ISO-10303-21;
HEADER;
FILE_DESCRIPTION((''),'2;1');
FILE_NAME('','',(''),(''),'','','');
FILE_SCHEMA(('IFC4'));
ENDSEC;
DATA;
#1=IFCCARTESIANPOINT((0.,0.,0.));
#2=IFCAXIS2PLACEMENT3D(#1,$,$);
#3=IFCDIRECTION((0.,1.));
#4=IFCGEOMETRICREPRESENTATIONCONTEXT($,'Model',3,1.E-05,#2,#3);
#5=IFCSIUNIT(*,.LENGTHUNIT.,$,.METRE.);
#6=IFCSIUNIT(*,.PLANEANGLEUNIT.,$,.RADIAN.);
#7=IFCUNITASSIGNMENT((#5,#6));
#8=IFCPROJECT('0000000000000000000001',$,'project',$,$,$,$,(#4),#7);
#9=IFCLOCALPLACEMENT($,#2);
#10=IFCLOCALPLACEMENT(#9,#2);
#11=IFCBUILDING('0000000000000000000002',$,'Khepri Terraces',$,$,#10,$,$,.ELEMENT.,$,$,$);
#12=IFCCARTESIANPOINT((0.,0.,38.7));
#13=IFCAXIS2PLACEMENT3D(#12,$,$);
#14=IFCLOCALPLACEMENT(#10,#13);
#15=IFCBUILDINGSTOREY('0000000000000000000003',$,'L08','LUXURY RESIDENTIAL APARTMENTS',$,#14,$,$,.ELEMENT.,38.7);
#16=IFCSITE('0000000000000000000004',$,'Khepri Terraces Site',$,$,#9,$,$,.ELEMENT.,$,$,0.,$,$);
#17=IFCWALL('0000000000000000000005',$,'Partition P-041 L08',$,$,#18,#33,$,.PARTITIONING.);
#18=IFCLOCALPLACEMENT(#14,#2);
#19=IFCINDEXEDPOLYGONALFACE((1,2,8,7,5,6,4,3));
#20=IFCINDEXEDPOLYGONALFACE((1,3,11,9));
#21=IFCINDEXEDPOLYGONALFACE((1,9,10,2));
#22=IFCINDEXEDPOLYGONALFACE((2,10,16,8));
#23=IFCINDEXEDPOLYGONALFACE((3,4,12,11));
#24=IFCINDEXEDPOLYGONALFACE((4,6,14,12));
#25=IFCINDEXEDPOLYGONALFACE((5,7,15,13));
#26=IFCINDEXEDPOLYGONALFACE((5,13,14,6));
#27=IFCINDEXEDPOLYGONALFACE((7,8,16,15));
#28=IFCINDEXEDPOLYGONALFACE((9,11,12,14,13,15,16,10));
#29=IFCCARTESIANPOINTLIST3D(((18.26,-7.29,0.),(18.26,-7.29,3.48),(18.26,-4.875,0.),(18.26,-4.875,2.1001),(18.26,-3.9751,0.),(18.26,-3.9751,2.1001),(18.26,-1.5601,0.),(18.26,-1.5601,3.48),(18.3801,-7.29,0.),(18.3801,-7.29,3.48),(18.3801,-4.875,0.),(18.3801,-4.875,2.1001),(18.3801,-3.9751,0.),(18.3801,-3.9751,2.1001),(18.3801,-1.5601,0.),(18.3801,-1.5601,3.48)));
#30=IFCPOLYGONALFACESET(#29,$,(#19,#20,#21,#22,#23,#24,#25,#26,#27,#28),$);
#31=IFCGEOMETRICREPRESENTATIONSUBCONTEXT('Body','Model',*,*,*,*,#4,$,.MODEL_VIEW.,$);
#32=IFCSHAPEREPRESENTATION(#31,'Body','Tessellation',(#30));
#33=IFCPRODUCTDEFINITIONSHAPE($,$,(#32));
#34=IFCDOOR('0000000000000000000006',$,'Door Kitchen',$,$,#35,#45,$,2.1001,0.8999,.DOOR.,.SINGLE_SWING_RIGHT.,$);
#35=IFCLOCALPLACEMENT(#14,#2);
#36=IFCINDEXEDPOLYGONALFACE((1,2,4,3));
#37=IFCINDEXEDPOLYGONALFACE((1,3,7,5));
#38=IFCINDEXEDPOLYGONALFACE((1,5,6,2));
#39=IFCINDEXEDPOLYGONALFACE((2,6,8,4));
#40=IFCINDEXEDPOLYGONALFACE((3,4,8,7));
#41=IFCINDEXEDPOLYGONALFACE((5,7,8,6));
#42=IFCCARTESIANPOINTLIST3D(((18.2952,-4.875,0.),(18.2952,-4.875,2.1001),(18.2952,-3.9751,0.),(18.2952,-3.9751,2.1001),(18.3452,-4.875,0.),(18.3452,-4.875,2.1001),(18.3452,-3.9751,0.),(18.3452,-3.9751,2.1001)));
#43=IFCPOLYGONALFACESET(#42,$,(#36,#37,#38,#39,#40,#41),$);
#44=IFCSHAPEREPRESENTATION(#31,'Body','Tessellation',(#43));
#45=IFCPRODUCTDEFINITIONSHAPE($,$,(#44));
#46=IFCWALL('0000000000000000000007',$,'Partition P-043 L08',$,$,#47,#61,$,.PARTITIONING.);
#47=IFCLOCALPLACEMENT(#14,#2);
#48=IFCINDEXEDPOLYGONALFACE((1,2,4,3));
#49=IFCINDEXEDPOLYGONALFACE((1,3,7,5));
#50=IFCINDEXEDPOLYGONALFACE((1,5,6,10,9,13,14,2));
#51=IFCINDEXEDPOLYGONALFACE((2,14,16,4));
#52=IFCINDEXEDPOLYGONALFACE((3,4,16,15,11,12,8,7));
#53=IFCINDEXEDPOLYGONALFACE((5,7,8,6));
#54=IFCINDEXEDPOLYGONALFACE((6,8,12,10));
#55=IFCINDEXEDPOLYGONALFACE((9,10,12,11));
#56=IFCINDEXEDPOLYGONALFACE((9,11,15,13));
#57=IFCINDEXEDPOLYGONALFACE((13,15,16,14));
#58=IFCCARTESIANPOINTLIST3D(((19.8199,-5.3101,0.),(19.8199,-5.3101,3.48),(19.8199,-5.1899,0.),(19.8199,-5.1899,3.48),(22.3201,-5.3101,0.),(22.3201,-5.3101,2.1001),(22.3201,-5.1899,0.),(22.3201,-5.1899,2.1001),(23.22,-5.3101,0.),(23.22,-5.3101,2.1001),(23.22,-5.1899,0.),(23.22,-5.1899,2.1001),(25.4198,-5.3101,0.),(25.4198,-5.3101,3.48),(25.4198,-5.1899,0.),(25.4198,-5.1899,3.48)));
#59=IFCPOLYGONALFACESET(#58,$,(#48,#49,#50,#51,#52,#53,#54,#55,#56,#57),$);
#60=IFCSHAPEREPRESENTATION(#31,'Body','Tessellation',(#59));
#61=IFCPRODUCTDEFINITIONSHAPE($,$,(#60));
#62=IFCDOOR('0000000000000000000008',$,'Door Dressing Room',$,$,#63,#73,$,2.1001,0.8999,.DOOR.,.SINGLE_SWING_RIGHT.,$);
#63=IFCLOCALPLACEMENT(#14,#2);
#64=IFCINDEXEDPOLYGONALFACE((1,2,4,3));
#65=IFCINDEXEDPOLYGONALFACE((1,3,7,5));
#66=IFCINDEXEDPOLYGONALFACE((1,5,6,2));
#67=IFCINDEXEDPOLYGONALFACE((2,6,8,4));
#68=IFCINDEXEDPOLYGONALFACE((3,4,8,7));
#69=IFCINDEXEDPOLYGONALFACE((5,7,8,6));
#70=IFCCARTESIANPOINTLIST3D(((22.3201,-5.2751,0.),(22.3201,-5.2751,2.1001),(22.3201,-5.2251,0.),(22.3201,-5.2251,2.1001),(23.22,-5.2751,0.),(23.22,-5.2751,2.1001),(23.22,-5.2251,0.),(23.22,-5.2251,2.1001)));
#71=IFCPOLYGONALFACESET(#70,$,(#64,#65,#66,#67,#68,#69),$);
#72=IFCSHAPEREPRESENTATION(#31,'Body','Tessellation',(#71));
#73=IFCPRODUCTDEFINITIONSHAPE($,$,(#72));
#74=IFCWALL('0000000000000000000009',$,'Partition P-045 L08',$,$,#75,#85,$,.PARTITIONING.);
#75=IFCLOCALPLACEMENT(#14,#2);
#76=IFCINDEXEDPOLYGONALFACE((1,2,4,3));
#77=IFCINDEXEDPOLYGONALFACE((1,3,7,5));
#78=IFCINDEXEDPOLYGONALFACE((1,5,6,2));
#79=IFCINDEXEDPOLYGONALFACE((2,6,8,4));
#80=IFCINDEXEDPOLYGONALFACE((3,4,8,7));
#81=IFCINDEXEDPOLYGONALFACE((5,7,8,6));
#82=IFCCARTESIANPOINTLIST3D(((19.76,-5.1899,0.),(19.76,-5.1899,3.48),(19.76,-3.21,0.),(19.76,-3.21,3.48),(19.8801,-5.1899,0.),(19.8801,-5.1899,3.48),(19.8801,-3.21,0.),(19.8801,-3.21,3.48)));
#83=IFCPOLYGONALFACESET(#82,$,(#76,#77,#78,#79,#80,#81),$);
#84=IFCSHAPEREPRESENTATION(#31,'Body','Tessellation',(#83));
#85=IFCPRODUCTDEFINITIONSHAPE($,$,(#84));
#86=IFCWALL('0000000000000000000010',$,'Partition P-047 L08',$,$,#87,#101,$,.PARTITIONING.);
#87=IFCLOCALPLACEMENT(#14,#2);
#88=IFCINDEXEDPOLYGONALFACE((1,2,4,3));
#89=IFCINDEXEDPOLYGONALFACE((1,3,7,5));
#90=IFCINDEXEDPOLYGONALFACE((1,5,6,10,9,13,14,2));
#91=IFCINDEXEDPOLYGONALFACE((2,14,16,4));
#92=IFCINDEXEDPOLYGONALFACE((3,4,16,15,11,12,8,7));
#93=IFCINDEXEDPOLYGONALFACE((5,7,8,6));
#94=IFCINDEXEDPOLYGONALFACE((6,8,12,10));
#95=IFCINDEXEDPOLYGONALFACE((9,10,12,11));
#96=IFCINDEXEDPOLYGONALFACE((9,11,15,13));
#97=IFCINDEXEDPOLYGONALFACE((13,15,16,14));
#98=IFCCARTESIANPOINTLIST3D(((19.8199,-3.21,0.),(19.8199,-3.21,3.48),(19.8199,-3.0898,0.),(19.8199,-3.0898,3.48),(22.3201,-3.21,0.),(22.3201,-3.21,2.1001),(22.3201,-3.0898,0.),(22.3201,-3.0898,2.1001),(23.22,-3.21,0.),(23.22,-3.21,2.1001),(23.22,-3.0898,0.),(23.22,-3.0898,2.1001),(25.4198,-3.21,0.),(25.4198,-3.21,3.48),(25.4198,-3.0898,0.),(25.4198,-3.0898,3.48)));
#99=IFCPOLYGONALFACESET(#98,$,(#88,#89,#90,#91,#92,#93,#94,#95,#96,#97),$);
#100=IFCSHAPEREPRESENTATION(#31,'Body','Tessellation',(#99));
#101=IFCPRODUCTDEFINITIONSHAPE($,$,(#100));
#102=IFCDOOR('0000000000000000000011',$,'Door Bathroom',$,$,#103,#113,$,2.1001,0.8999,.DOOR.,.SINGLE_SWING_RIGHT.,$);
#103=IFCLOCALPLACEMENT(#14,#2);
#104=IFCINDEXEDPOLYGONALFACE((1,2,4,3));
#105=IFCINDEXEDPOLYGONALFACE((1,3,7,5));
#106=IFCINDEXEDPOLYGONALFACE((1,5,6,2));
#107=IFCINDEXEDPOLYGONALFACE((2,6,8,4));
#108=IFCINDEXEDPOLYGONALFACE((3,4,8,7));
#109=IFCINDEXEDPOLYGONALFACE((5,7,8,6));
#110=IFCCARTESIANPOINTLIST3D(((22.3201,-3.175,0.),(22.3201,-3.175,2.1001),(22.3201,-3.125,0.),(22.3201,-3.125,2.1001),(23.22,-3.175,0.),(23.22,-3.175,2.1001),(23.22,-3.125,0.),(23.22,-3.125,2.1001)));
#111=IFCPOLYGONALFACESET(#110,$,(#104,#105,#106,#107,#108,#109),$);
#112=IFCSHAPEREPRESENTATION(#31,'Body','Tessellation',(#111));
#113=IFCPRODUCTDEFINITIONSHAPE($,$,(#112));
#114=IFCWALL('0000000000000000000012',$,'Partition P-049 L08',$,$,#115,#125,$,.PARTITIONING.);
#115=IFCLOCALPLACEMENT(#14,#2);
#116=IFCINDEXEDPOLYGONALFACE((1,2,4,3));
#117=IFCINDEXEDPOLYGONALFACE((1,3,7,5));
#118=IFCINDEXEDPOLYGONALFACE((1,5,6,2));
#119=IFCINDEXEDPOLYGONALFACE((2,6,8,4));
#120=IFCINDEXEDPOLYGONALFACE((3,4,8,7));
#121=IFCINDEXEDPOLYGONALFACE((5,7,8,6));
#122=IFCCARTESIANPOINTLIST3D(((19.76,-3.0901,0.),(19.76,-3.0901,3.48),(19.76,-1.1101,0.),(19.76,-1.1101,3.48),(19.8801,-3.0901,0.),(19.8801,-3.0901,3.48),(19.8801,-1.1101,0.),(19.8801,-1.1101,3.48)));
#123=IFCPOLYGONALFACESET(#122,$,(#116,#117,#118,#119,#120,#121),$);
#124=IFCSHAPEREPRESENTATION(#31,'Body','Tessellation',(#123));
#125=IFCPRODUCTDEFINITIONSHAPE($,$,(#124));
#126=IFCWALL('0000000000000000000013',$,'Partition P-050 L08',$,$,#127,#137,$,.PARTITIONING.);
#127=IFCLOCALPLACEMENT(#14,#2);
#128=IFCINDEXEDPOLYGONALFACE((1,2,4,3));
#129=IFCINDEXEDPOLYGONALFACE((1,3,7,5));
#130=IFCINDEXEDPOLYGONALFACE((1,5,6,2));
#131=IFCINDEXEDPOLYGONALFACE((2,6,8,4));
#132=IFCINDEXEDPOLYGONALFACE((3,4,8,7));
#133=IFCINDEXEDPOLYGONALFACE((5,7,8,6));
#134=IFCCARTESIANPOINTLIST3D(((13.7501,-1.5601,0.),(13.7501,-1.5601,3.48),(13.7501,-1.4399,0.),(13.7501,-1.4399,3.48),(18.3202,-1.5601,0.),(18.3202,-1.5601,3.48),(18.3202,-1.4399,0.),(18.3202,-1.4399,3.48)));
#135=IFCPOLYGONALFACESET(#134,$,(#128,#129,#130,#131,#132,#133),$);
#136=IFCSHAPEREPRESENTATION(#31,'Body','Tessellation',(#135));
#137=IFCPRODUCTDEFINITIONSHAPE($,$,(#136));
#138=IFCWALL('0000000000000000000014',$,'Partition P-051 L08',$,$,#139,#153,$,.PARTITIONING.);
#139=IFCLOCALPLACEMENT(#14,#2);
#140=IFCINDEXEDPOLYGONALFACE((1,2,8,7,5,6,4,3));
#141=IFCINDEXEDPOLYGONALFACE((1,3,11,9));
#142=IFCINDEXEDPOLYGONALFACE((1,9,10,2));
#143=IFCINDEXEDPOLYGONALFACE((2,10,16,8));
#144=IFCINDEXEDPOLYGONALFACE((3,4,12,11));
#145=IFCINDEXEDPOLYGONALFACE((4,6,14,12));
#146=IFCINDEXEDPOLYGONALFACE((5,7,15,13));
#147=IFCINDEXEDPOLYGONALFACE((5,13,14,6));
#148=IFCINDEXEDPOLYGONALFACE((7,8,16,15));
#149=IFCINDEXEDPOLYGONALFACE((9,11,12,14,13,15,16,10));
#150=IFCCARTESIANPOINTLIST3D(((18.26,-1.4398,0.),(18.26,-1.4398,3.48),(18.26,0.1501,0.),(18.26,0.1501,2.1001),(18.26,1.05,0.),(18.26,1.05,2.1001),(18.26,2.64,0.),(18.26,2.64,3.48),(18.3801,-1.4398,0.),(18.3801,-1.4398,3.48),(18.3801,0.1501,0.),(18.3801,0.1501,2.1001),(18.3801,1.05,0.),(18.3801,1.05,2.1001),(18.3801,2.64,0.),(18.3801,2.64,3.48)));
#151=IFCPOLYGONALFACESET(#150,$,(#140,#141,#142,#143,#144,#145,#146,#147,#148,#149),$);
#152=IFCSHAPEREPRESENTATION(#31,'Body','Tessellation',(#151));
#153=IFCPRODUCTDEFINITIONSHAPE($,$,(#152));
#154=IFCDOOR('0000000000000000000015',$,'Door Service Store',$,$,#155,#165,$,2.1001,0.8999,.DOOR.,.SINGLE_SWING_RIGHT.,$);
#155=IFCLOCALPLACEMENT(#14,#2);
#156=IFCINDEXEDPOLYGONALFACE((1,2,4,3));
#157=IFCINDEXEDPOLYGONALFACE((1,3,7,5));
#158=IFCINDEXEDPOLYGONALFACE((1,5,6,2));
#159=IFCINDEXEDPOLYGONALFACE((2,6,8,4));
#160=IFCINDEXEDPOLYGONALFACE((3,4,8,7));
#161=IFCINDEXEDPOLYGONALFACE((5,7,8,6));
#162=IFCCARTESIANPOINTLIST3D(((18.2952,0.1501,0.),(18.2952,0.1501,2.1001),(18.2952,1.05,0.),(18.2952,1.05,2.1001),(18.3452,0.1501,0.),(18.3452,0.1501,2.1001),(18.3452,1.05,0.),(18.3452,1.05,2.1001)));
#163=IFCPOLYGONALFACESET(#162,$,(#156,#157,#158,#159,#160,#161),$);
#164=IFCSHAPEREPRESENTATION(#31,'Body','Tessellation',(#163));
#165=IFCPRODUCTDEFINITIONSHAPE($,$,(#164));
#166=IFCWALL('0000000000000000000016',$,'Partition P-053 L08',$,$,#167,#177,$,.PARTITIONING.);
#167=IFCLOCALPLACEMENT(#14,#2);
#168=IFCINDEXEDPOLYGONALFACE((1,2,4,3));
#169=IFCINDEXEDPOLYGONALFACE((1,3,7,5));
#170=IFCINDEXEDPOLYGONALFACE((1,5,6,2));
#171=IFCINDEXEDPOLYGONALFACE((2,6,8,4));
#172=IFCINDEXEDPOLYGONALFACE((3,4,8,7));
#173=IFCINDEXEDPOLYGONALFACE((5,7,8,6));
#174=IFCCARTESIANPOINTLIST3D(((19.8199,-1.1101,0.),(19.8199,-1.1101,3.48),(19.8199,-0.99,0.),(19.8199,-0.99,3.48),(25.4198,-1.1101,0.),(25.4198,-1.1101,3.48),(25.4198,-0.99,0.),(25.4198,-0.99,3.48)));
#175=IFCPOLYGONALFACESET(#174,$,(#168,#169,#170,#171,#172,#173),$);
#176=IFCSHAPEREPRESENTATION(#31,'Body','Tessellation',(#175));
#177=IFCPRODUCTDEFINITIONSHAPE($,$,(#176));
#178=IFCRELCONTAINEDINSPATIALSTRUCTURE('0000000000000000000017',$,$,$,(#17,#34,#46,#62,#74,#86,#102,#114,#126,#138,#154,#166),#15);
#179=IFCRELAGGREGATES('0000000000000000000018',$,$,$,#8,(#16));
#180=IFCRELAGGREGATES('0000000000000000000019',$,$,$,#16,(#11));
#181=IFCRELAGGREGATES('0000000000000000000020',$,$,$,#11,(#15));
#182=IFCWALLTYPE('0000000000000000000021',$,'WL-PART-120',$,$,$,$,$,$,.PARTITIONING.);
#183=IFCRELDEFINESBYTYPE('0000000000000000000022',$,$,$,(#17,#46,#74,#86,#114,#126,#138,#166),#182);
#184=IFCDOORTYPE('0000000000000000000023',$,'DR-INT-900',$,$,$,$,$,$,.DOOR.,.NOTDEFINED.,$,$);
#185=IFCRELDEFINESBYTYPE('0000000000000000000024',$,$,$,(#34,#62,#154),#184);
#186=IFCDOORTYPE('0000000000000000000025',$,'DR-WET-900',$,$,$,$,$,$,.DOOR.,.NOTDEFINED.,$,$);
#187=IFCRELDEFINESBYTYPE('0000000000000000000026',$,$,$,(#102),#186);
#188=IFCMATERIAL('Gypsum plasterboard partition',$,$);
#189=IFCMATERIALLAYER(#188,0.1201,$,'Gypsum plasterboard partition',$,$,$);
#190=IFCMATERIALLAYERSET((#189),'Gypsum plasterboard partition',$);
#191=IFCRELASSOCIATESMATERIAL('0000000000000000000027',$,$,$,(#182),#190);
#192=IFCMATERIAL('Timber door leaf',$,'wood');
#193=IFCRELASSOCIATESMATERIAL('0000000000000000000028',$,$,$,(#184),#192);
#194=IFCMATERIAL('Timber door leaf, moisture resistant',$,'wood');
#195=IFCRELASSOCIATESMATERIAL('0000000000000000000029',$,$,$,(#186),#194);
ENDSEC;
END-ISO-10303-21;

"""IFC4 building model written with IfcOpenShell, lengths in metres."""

from ifc_helpers import new_model, si_unit, direction, frame, frame_2d, origin, place, context, subcontext, project, spatial, rectangle, extrude, material, layer, layer_set, type_object, element, fill, save


model = new_model("IFC4")

# Units and contexts
model_context = context("Model", 3, precision=1e-05, world=origin(), true_north=direction((0.0, 1.0)))
body_context = subcontext(model_context, "Body", "Model", "MODEL_VIEW")
ifc_project = project(units=[si_unit("LENGTHUNIT", "METRE"), si_unit("PLANEANGLEUNIT", "RADIAN")], contexts=[model_context])

# Site, building, storey
site_placement = place(None, origin())
site = spatial("IfcSite", under=ifc_project, at=site_placement, Name="Khepri Terraces Site", CompositionType="ELEMENT", RefElevation=0.0)
building_placement = place(site_placement, origin())
building = spatial("IfcBuilding", under=site, at=building_placement, Name="Khepri Terraces", CompositionType="ELEMENT")
storey_placement = place(building_placement, frame((0.0, 0.0, 38.7)))
storey = spatial("IfcBuildingStorey", under=building, at=storey_placement, Name="L08", Description="LUXURY RESIDENTIAL APARTMENTS", CompositionType="ELEMENT", Elevation=38.7)

# Walls, openings, doors
ifc_material_1 = material(Name="Gypsum plasterboard partition")
ifc_layer = layer(ifc_material_1, 0.1201, Name="Gypsum plasterboard partition")
ifc_layer_set = layer_set([ifc_layer], Name="Gypsum plasterboard partition")
wall_type = type_object("IfcWallType", Name="WL-PART-120", PredefinedType="PARTITIONING", material=ifc_layer_set)
wall_1_placement = place(storey_placement, frame((18.3201, -7.29, 0.0), z_axis=(0.0, 0.0, 1.0), x_axis=(0.0, 1.0, 0.0)))
wall_1 = element("IfcWall", 1, at=wall_1_placement, inside=storey, type_object=wall_type, Name="Partition P-041 L08", PredefinedType="PARTITIONING", context=body_context, shape_type="SweptSolid", body=[
    extrude(rectangle(XDim=5.73, YDim=0.1201, at=frame_2d((2.865, 0.0))), origin(), (0.0, 0.0, 1.0), 3.48),
])
opening_1_placement = place(wall_1_placement, frame((2.415, 0.0, 0.0)))
opening_1 = element("IfcOpeningElement", 2, at=opening_1_placement, cuts=wall_1, PredefinedType="OPENING", context=body_context, shape_type="SweptSolid", body=[
    extrude(rectangle(XDim=0.8999, YDim=2.1001, at=frame_2d((0.45, 1.05))), frame((0.0, 0.0701, 0.0), z_axis=(0.0, -1.0, 0.0), x_axis=(1.0, 0.0, 0.0)), (0.0, 0.0, 1.0), 0.1401),
])
ifc_material_2 = material(Name="Timber door leaf", Category="wood")
door_type_1 = type_object("IfcDoorType", Name="DR-INT-900", OperationType="NOTDEFINED", PredefinedType="DOOR", material=ifc_material_2)
door_1_placement = place(opening_1_placement, origin())
door_1 = element("IfcDoor", 3, at=door_1_placement, inside=storey, type_object=door_type_1, Name="Door Kitchen", OperationType="SINGLE_SWING_RIGHT", OverallHeight=2.1001, OverallWidth=0.8999, PredefinedType="DOOR", context=body_context, shape_type="SweptSolid", body=[
    extrude(rectangle(XDim=0.8999, YDim=2.1001, at=frame_2d((0.45, 1.05))), frame((0.0, 0.0249, 0.0), z_axis=(0.0, -1.0, 0.0), x_axis=(1.0, 0.0, 0.0)), (0.0, 0.0, 1.0), 0.05),
])
fill(opening_1, door_1)
wall_2_placement = place(storey_placement, frame((19.8201, -5.25, 0.0), z_axis=(0.0, 0.0, 1.0), x_axis=(1.0, 0.0, 0.0)))
wall_2 = element("IfcWall", 4, at=wall_2_placement, inside=storey, type_object=wall_type, Name="Partition P-043 L08", PredefinedType="PARTITIONING", context=body_context, shape_type="SweptSolid", body=[
    extrude(rectangle(XDim=5.5999, YDim=0.1201, at=frame_2d((2.7998, 0.0))), origin(), (0.0, 0.0, 1.0), 3.48),
])
opening_2_placement = place(wall_2_placement, frame((2.5, 0.0, 0.0)))
opening_2 = element("IfcOpeningElement", 5, at=opening_2_placement, cuts=wall_2, PredefinedType="OPENING", context=body_context, shape_type="SweptSolid", body=[
    extrude(rectangle(XDim=0.8999, YDim=2.1001, at=frame_2d((0.45, 1.05))), frame((0.0, 0.0701, 0.0), z_axis=(0.0, -1.0, 0.0), x_axis=(1.0, 0.0, 0.0)), (0.0, 0.0, 1.0), 0.1401),
])
door_2_placement = place(opening_2_placement, origin())
door_2 = element("IfcDoor", 6, at=door_2_placement, inside=storey, type_object=door_type_1, Name="Door Dressing Room", OperationType="SINGLE_SWING_RIGHT", OverallHeight=2.1001, OverallWidth=0.8999, PredefinedType="DOOR", context=body_context, shape_type="SweptSolid", body=[
    extrude(rectangle(XDim=0.8999, YDim=2.1001, at=frame_2d((0.45, 1.05))), frame((0.0, 0.0249, 0.0), z_axis=(0.0, -1.0, 0.0), x_axis=(1.0, 0.0, 0.0)), (0.0, 0.0, 1.0), 0.05),
])
fill(opening_2, door_2)

# Wall
wall_3_placement = place(storey_placement, frame((19.8201, -5.1899, 0.0), z_axis=(0.0, 0.0, 1.0), x_axis=(0.0, 1.0, 0.0)))
element("IfcWall", 7, at=wall_3_placement, inside=storey, type_object=wall_type, Name="Partition P-045 L08", PredefinedType="PARTITIONING", context=body_context, shape_type="SweptSolid", body=[
    extrude(rectangle(XDim=1.98, YDim=0.1201, at=frame_2d((0.99, 0.0))), origin(), (0.0, 0.0, 1.0), 3.48),
])

# Wall, opening, door
wall_4_placement = place(storey_placement, frame((19.8201, -3.1499, 0.0), z_axis=(0.0, 0.0, 1.0), x_axis=(1.0, 0.0, 0.0)))
wall_4 = element("IfcWall", 8, at=wall_4_placement, inside=storey, type_object=wall_type, Name="Partition P-047 L08", PredefinedType="PARTITIONING", context=body_context, shape_type="SweptSolid", body=[
    extrude(rectangle(XDim=5.5999, YDim=0.1201, at=frame_2d((2.7998, 0.0))), origin(), (0.0, 0.0, 1.0), 3.48),
])
opening_3_placement = place(wall_4_placement, frame((2.5, 0.0, 0.0)))
opening_3 = element("IfcOpeningElement", 9, at=opening_3_placement, cuts=wall_4, PredefinedType="OPENING", context=body_context, shape_type="SweptSolid", body=[
    extrude(rectangle(XDim=0.8999, YDim=2.1001, at=frame_2d((0.45, 1.05))), frame((0.0, 0.0701, 0.0), z_axis=(0.0, -1.0, 0.0), x_axis=(1.0, 0.0, 0.0)), (0.0, 0.0, 1.0), 0.1401),
])
ifc_material_3 = material(Name="Timber door leaf, moisture resistant", Category="wood")
door_type_2 = type_object("IfcDoorType", Name="DR-WET-900", OperationType="NOTDEFINED", PredefinedType="DOOR", material=ifc_material_3)
door_3_placement = place(opening_3_placement, origin())
door_3 = element("IfcDoor", 10, at=door_3_placement, inside=storey, type_object=door_type_2, Name="Door Bathroom", OperationType="SINGLE_SWING_RIGHT", OverallHeight=2.1001, OverallWidth=0.8999, PredefinedType="DOOR", context=body_context, shape_type="SweptSolid", body=[
    extrude(rectangle(XDim=0.8999, YDim=2.1001, at=frame_2d((0.45, 1.05))), frame((0.0, 0.0249, 0.0), z_axis=(0.0, -1.0, 0.0), x_axis=(1.0, 0.0, 0.0)), (0.0, 0.0, 1.0), 0.05),
])
fill(opening_3, door_3)

# Walls
wall_5_placement = place(storey_placement, frame((19.8201, -3.0901, 0.0), z_axis=(0.0, 0.0, 1.0), x_axis=(0.0, 1.0, 0.0)))
element("IfcWall", 11, at=wall_5_placement, inside=storey, type_object=wall_type, Name="Partition P-049 L08", PredefinedType="PARTITIONING", context=body_context, shape_type="SweptSolid", body=[
    extrude(rectangle(XDim=1.98, YDim=0.1201, at=frame_2d((0.99, 0.0))), origin(), (0.0, 0.0, 1.0), 3.48),
])
wall_6_placement = place(storey_placement, frame((13.75, -1.5, 0.0), z_axis=(0.0, 0.0, 1.0), x_axis=(1.0, 0.0, 0.0)))
element("IfcWall", 12, at=wall_6_placement, inside=storey, type_object=wall_type, Name="Partition P-050 L08", PredefinedType="PARTITIONING", context=body_context, shape_type="SweptSolid", body=[
    extrude(rectangle(XDim=4.5701, YDim=0.1201, at=frame_2d((2.2852, 0.0))), origin(), (0.0, 0.0, 1.0), 3.48),
])

# Wall, opening, door
wall_7_placement = place(storey_placement, frame((18.3201, -1.4399, 0.0), z_axis=(0.0, 0.0, 1.0), x_axis=(0.0, 1.0, 0.0)))
wall_7 = element("IfcWall", 13, at=wall_7_placement, inside=storey, type_object=wall_type, Name="Partition P-051 L08", PredefinedType="PARTITIONING", context=body_context, shape_type="SweptSolid", body=[
    extrude(rectangle(XDim=4.0798, YDim=0.1201, at=frame_2d((2.04, 0.0))), origin(), (0.0, 0.0, 1.0), 3.48),
])
opening_4_placement = place(wall_7_placement, frame((1.5901, 0.0, 0.0)))
opening_4 = element("IfcOpeningElement", 14, at=opening_4_placement, cuts=wall_7, PredefinedType="OPENING", context=body_context, shape_type="SweptSolid", body=[
    extrude(rectangle(XDim=0.8999, YDim=2.1001, at=frame_2d((0.45, 1.05))), frame((0.0, 0.0701, 0.0), z_axis=(0.0, -1.0, 0.0), x_axis=(1.0, 0.0, 0.0)), (0.0, 0.0, 1.0), 0.1401),
])
door_4_placement = place(opening_4_placement, origin())
door_4 = element("IfcDoor", 15, at=door_4_placement, inside=storey, type_object=door_type_1, Name="Door Service Store", OperationType="SINGLE_SWING_RIGHT", OverallHeight=2.1001, OverallWidth=0.8999, PredefinedType="DOOR", context=body_context, shape_type="SweptSolid", body=[
    extrude(rectangle(XDim=0.8999, YDim=2.1001, at=frame_2d((0.45, 1.05))), frame((0.0, 0.0249, 0.0), z_axis=(0.0, -1.0, 0.0), x_axis=(1.0, 0.0, 0.0)), (0.0, 0.0, 1.0), 0.05),
])
fill(opening_4, door_4)

# Wall
wall_8_placement = place(storey_placement, frame((19.8201, -1.05, 0.0), z_axis=(0.0, 0.0, 1.0), x_axis=(1.0, 0.0, 0.0)))
element("IfcWall", 16, at=wall_8_placement, inside=storey, type_object=wall_type, Name="Partition P-053 L08", PredefinedType="PARTITIONING", context=body_context, shape_type="SweptSolid", body=[
    extrude(rectangle(XDim=5.5999, YDim=0.1201, at=frame_2d((2.7998, 0.0))), origin(), (0.0, 0.0, 1.0), 3.48),
])

save(model, "model.ifc")
